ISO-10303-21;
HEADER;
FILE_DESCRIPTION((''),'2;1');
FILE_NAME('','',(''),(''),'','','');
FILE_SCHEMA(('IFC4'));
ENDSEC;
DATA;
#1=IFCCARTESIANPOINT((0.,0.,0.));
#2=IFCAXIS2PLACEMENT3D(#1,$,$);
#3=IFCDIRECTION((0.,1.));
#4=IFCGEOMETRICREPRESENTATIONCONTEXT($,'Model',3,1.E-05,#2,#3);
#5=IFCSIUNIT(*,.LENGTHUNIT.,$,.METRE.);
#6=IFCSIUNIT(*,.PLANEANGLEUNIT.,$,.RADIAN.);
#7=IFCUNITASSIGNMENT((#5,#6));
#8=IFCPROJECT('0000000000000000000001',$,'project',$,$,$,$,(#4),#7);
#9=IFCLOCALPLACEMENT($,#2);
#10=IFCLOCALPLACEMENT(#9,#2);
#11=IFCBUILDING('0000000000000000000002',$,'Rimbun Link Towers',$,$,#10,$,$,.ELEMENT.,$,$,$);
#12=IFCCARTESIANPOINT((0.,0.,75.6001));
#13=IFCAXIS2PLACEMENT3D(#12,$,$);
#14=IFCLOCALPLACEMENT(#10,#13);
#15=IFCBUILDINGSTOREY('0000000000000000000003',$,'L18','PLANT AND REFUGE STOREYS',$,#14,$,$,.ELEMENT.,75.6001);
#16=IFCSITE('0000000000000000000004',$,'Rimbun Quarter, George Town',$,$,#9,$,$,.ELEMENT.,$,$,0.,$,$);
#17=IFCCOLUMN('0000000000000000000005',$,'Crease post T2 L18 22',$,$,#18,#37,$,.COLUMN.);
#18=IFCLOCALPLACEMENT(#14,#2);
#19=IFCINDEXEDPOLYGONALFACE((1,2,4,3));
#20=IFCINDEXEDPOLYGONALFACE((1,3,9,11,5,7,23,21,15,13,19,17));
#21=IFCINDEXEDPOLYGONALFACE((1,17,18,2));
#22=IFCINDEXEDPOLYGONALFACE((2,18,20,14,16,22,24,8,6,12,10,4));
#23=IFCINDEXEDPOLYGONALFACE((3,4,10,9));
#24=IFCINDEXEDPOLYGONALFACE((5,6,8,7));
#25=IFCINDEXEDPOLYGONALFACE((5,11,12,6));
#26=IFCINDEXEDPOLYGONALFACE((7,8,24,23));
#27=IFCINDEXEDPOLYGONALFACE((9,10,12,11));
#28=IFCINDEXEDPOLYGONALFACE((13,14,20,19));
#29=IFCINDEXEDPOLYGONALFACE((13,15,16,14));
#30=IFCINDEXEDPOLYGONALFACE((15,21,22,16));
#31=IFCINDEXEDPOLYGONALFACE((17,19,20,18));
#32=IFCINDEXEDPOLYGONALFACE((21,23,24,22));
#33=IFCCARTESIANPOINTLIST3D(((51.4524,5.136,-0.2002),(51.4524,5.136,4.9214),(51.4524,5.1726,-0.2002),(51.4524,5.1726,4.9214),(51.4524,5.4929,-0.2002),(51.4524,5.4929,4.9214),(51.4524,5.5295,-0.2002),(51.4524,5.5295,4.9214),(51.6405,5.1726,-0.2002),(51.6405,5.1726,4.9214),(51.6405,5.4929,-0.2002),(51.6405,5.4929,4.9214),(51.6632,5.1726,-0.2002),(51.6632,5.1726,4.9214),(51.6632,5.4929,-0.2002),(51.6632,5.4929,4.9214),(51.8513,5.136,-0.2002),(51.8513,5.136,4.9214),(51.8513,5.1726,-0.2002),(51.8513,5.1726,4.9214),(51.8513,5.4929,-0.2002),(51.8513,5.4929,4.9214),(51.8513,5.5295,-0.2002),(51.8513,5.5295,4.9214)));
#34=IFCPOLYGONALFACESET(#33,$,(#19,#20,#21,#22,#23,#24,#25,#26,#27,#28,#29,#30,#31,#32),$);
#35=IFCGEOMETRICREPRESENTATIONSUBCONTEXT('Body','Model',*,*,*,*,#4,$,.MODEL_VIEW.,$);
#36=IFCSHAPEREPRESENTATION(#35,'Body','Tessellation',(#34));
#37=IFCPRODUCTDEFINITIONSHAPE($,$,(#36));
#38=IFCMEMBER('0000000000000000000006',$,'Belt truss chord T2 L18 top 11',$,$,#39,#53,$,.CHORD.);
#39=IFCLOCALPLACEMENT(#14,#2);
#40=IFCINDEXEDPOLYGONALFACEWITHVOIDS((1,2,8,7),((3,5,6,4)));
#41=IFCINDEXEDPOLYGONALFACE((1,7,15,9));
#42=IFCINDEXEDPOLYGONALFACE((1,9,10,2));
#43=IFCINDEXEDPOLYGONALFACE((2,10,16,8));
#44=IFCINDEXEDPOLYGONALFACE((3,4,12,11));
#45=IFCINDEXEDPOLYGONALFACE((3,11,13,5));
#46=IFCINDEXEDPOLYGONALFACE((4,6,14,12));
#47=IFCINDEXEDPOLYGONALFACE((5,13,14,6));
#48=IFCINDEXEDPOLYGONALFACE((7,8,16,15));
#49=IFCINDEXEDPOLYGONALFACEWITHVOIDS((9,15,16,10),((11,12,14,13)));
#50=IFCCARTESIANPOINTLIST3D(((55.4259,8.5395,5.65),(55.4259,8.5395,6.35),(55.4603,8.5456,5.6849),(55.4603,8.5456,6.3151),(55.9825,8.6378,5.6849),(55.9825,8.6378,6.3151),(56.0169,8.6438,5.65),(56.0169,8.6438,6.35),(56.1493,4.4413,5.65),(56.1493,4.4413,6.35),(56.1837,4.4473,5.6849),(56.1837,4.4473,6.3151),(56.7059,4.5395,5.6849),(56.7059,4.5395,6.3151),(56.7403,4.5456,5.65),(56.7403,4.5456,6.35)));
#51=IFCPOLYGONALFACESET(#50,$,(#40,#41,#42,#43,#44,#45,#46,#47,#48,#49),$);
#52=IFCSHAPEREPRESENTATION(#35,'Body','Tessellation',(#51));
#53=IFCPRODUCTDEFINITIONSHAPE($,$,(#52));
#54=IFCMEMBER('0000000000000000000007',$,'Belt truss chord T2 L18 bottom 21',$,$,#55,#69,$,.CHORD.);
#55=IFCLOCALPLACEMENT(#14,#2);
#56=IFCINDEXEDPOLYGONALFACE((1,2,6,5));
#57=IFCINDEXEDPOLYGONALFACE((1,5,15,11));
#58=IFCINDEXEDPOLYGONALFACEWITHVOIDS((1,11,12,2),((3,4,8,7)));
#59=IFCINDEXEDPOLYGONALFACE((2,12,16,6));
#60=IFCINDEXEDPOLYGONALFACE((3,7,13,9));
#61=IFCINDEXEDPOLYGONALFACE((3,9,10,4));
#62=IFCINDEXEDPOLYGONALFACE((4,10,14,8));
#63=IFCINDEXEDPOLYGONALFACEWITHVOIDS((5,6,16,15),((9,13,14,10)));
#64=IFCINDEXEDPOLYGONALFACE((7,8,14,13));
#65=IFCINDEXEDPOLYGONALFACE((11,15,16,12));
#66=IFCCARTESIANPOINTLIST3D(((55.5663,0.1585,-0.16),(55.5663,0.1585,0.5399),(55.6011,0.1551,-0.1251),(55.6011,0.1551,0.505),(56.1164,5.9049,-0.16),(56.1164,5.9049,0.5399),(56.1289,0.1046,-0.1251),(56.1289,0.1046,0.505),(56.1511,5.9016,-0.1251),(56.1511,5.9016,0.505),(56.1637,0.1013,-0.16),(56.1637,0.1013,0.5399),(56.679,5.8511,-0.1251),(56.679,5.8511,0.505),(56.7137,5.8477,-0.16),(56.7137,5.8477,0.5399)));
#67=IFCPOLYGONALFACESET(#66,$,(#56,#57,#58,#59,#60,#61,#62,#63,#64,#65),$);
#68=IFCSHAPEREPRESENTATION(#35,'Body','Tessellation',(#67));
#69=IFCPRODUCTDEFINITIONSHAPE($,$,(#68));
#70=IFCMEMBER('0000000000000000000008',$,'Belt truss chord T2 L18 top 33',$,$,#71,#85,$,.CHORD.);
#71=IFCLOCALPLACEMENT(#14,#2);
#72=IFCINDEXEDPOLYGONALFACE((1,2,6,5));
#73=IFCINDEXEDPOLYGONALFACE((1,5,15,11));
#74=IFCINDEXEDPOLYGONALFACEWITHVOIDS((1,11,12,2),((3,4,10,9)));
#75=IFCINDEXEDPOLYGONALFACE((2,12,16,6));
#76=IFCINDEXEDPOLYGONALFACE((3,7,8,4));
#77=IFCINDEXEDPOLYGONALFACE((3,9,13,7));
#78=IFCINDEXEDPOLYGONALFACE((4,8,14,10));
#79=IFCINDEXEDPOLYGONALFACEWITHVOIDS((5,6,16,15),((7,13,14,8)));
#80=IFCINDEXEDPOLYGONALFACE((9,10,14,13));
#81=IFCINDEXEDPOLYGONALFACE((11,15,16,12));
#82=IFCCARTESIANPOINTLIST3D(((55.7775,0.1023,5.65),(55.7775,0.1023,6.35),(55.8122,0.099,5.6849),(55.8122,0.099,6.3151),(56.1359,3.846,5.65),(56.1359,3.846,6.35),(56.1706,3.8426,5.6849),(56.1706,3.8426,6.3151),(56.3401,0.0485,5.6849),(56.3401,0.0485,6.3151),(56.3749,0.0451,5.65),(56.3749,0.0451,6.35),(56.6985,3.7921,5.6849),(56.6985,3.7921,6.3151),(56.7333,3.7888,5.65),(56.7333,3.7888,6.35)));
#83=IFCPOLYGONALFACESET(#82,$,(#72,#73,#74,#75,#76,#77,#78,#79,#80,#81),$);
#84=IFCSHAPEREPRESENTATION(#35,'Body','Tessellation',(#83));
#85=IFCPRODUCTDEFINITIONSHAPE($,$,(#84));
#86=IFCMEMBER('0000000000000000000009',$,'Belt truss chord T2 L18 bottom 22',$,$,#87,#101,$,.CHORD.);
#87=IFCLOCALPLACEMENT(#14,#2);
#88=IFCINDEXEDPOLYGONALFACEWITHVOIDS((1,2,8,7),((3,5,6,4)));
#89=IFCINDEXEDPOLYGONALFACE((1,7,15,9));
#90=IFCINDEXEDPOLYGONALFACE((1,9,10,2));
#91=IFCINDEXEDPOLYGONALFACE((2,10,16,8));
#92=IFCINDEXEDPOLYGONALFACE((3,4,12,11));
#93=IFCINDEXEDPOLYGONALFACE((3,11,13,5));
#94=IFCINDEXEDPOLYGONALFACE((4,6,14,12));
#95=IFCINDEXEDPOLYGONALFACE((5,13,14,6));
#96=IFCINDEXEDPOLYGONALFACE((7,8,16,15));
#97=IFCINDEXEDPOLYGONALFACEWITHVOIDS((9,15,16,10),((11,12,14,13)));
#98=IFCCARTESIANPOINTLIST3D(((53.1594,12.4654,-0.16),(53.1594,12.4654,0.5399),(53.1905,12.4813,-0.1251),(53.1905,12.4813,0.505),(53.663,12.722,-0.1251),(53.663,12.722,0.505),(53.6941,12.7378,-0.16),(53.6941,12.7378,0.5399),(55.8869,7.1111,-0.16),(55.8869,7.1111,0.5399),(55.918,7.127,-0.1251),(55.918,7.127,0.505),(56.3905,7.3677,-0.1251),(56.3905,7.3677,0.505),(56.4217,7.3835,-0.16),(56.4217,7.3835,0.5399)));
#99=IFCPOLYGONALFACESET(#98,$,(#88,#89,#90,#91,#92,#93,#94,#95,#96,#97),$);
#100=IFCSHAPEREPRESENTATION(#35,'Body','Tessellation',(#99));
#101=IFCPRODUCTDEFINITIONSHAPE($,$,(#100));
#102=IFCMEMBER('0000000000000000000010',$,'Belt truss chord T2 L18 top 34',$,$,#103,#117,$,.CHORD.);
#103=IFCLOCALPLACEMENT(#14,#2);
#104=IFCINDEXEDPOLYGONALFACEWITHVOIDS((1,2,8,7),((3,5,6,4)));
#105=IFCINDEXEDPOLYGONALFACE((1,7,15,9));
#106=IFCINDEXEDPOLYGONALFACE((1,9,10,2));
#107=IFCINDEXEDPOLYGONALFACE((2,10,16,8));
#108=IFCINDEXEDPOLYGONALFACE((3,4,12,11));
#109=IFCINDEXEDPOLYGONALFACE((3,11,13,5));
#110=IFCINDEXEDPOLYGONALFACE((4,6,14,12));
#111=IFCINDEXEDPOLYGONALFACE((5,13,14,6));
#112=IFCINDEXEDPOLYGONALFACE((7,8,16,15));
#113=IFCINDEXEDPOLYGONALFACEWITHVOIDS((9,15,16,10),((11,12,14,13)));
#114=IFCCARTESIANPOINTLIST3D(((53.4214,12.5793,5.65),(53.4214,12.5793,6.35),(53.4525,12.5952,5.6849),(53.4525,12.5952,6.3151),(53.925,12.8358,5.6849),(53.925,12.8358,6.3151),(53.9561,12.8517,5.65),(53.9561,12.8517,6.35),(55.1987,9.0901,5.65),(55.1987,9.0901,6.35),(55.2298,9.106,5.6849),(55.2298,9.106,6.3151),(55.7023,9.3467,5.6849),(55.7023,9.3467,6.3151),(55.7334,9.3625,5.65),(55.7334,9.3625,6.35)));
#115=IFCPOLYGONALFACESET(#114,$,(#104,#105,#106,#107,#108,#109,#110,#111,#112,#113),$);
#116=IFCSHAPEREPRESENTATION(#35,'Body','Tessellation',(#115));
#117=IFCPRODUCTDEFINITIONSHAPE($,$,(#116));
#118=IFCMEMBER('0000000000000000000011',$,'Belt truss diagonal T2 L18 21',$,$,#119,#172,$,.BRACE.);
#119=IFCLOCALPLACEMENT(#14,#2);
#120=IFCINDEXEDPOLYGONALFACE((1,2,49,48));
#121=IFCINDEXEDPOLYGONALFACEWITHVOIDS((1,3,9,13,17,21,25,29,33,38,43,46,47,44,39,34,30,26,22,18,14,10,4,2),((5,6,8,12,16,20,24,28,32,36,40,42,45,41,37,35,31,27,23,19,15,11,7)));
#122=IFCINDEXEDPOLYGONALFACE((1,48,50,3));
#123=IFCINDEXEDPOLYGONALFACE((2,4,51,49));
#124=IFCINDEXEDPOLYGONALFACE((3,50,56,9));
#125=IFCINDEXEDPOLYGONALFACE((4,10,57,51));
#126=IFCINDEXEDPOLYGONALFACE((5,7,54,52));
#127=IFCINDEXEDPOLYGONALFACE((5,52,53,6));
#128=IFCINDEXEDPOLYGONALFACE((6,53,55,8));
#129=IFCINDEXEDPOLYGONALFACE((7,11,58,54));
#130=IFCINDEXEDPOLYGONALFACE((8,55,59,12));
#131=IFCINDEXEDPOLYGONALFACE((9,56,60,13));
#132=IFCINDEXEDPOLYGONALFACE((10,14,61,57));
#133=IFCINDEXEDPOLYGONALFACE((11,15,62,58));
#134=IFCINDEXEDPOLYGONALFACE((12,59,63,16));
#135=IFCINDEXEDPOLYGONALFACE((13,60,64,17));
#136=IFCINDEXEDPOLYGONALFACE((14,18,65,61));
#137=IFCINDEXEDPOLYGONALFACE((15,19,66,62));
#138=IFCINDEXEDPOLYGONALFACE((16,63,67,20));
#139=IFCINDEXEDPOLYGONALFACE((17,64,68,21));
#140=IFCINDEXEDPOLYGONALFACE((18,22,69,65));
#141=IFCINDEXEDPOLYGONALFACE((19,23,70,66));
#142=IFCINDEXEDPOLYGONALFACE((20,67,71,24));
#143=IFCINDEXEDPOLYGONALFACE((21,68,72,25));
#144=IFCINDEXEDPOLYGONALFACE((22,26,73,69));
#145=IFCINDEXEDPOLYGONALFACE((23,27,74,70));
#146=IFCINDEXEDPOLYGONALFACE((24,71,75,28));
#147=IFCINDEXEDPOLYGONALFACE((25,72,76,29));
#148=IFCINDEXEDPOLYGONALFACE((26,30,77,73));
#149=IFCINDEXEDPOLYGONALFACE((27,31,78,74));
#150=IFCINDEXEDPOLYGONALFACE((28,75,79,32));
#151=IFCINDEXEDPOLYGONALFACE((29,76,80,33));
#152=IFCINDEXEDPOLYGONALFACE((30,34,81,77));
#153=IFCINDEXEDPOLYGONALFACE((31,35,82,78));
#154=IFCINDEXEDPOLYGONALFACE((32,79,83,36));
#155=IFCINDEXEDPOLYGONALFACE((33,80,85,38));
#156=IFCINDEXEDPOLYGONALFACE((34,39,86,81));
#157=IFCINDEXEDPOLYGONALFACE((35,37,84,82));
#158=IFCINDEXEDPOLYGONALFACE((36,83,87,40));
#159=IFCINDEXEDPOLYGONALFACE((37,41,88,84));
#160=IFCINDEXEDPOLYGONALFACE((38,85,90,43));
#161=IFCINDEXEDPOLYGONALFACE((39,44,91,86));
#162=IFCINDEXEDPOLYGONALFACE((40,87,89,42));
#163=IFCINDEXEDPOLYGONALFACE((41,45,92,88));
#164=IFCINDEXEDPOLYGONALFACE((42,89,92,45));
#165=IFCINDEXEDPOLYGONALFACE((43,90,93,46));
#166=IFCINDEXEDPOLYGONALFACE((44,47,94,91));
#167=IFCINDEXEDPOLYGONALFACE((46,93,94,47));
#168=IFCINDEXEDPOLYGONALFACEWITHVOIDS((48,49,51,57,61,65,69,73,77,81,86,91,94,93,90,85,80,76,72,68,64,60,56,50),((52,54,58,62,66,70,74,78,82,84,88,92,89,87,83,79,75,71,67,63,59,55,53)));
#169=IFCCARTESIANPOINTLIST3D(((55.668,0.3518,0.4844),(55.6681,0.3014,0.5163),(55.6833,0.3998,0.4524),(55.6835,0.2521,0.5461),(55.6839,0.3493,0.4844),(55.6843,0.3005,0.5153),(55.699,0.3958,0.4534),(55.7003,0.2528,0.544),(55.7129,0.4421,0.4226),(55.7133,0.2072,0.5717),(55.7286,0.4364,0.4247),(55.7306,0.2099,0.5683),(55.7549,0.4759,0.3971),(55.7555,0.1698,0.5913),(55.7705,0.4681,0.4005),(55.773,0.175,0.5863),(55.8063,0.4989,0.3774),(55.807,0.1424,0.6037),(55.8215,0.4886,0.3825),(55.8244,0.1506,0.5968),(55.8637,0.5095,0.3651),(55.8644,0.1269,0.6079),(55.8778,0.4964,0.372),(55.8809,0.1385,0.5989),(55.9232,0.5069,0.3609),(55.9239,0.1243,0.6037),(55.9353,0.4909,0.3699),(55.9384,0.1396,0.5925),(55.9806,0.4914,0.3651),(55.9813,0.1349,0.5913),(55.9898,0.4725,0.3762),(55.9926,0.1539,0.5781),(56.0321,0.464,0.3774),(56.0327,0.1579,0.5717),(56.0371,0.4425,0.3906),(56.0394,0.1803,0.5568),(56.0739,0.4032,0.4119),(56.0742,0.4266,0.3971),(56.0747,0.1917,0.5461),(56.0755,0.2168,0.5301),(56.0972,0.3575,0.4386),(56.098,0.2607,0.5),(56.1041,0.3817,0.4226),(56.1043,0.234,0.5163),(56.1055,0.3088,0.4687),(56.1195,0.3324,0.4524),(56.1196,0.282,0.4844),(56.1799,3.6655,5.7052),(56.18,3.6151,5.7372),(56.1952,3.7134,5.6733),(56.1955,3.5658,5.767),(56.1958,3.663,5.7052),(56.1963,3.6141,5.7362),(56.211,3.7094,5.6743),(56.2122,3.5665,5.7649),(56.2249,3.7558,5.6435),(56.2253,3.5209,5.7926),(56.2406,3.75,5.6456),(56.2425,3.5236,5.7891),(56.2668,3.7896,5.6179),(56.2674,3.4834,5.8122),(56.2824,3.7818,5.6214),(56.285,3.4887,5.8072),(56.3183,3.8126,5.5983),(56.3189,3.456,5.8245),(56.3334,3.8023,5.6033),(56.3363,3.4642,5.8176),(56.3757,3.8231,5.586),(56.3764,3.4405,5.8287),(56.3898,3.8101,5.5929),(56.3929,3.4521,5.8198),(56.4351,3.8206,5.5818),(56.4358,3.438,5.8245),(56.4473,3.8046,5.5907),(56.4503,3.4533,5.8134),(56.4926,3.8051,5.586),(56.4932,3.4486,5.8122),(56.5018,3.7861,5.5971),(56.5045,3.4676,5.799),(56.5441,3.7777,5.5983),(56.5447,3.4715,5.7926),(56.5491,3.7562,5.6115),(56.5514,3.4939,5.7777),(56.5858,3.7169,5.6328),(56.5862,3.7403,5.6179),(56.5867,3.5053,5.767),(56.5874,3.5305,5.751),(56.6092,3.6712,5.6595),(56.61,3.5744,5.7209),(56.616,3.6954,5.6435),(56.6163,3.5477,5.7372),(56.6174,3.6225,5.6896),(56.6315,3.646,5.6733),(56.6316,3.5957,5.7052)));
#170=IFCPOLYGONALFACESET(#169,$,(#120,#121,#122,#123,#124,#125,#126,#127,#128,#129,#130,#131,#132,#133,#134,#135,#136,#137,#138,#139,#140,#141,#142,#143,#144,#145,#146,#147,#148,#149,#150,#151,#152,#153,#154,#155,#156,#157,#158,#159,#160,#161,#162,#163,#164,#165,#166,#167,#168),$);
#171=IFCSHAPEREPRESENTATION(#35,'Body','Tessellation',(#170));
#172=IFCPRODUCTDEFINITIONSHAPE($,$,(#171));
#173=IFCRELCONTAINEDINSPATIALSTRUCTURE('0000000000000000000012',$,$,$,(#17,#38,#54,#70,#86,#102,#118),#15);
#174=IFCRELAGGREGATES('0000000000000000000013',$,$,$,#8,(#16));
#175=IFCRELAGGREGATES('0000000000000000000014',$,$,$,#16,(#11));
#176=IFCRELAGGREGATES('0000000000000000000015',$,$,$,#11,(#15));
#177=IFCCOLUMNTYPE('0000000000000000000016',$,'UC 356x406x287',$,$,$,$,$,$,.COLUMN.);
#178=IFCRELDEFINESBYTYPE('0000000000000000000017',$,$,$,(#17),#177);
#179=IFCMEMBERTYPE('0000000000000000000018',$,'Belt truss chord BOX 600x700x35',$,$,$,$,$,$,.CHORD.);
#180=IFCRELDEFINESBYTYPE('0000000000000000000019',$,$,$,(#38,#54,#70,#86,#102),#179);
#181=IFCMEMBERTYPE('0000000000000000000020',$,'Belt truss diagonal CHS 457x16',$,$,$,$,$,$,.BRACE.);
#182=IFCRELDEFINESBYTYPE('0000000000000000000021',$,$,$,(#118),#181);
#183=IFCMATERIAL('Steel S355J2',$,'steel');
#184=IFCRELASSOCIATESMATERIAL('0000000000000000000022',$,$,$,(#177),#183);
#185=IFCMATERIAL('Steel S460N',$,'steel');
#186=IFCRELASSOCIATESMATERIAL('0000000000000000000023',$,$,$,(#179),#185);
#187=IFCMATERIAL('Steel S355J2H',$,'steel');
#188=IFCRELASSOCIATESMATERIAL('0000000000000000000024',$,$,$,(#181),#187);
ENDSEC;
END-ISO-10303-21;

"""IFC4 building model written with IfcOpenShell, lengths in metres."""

from ifc_helpers import new_model, si_unit, direction, frame, origin, origin_2d, place, context, subcontext, project, spatial, hollow_rectangle, hollow_circle, i_section, extrude, material, material_profile, profile_set, type_object, element, save


model = new_model("IFC4")

# Units and contexts
model_context = context("Model", 3, precision=1e-05, world=origin(), true_north=direction((0.0, 1.0)))
body_context = subcontext(model_context, "Body", "Model", "MODEL_VIEW")
ifc_project = project(units=[si_unit("LENGTHUNIT", "METRE"), si_unit("PLANEANGLEUNIT", "RADIAN")], contexts=[model_context])

# Site, building, storey
site_placement = place(None, origin())
site = spatial("IfcSite", under=ifc_project, at=site_placement, Name="Rimbun Quarter, George Town", CompositionType="ELEMENT", RefElevation=0.0)
building_placement = place(site_placement, origin())
building = spatial("IfcBuilding", under=site, at=building_placement, Name="Rimbun Link Towers", CompositionType="ELEMENT")
storey_placement = place(building_placement, frame((0.0, 0.0, 75.6001)))
storey = spatial("IfcBuildingStorey", under=building, at=storey_placement, Name="L18", Description="PLANT AND REFUGE STOREYS", CompositionType="ELEMENT", Elevation=75.6001)

# Column
ifc_material_1 = material(Name="Steel S355J2", Category="steel")
ifc_material_profile_1 = material_profile(ifc_material_1, i_section(OverallWidth=0.3989, OverallDepth=0.3936, WebThickness=0.0227, FlangeThickness=0.0366, at=origin_2d()), Name="UC 356x406x287")
ifc_profile_set_1 = profile_set([ifc_material_profile_1], Name="Steel S355J2")
column_type = type_object("IfcColumnType", Name="UC 356x406x287", PredefinedType="COLUMN", material=ifc_profile_set_1)
column_placement = place(storey_placement, frame((51.6519, 5.3328, -0.2002), z_axis=(0.0, 0.0, 1.0), x_axis=(1.0, 0.0, 0.0)))
element("IfcColumn", 1, at=column_placement, inside=storey, type_object=column_type, Name="Crease post T2 L18 22", PredefinedType="COLUMN", context=body_context, shape_type="SweptSolid", body=[
    extrude(i_section(OverallWidth=0.3989, OverallDepth=0.3936, WebThickness=0.0227, FlangeThickness=0.0366, at=origin_2d()), origin(), (0.0, 0.0, 1.0), 5.1216),
])

# Members
ifc_material_2 = material(Name="Steel S460N", Category="steel")
ifc_material_profile_2 = material_profile(ifc_material_2, hollow_rectangle(XDim=0.6001, YDim=0.7, WallThickness=0.0349, at=origin_2d()), Name="Belt truss chord BOX 600x700x35")
ifc_profile_set_2 = profile_set([ifc_material_profile_2], Name="Steel S460N")
member_type_1 = type_object("IfcMemberType", Name="Belt truss chord BOX 600x700x35", PredefinedType="CHORD", material=ifc_profile_set_2)
member_1_placement = place(storey_placement, frame((56.4448, 4.4934, 6.0), z_axis=(-0.173829, 0.984776, 0.0), x_axis=(-0.984776, -0.173829, 0.0)))
element("IfcMember", 2, at=member_1_placement, inside=storey, type_object=member_type_1, Name="Belt truss chord T2 L18 top 11", PredefinedType="CHORD", context=body_context, shape_type="SweptSolid", body=[
    extrude(hollow_rectangle(XDim=0.6001, YDim=0.7, WallThickness=0.0349, at=origin_2d()), origin(), (0.0, 0.0, 1.0), 4.1616),
])
member_2_placement = place(storey_placement, frame((55.865, 0.1299, 0.1899), z_axis=(0.095286, 0.99545, 0.0), x_axis=(-0.99545, 0.095286, 0.0)))
element("IfcMember", 3, at=member_2_placement, inside=storey, type_object=member_type_1, Name="Belt truss chord T2 L18 bottom 21", PredefinedType="CHORD", context=body_context, shape_type="SweptSolid", body=[
    extrude(hollow_rectangle(XDim=0.6001, YDim=0.7, WallThickness=0.0349, at=origin_2d()), origin(), (0.0, 0.0, 1.0), 5.7727),
])
member_3_placement = place(storey_placement, frame((56.0762, 0.0737, 6.0), z_axis=(0.095299, 0.995449, 0.0), x_axis=(-0.995449, 0.095299, 0.0)))
element("IfcMember", 4, at=member_3_placement, inside=storey, type_object=member_type_1, Name="Belt truss chord T2 L18 top 33", PredefinedType="CHORD", context=body_context, shape_type="SweptSolid", body=[
    extrude(hollow_rectangle(XDim=0.6001, YDim=0.7, WallThickness=0.0349, at=origin_2d()), origin(), (0.0, 0.0, 1.0), 3.7607),
])
member_4_placement = place(storey_placement, frame((56.1543, 7.2473, 0.1899), z_axis=(-0.453913, 0.891046, 0.0), x_axis=(-0.891046, -0.453913, 0.0)))
element("IfcMember", 5, at=member_4_placement, inside=storey, type_object=member_type_1, Name="Belt truss chord T2 L18 bottom 22", PredefinedType="CHORD", context=body_context, shape_type="SweptSolid", body=[
    extrude(hollow_rectangle(XDim=0.6001, YDim=0.7, WallThickness=0.0349, at=origin_2d()), origin(), (0.0, 0.0, 1.0), 6.009),
])
member_5_placement = place(storey_placement, frame((55.4661, 9.2263, 6.0), z_axis=(-0.453885, 0.89106, 0.0), x_axis=(-0.89106, -0.453885, 0.0)))
element("IfcMember", 6, at=member_5_placement, inside=storey, type_object=member_type_1, Name="Belt truss chord T2 L18 top 34", PredefinedType="CHORD", context=body_context, shape_type="SweptSolid", body=[
    extrude(hollow_rectangle(XDim=0.6001, YDim=0.7, WallThickness=0.0349, at=origin_2d()), origin(), (0.0, 0.0, 1.0), 3.9158),
])
ifc_material_3 = material(Name="Steel S355J2H", Category="steel")
ifc_material_profile_3 = material_profile(ifc_material_3, hollow_circle(Radius=0.2285, WallThickness=0.0161, at=origin_2d()), Name="Belt truss diagonal CHS 457x16")
ifc_profile_set_3 = profile_set([ifc_material_profile_3], Name="Steel S355J2H")
member_type_2 = type_object("IfcMemberType", Name="Belt truss diagonal CHS 457x16", PredefinedType="BRACE", material=ifc_profile_set_3)
member_6_placement = place(storey_placement, frame((55.8938, 0.3169, 0.4844), z_axis=(0.082509, 0.534047, 0.841419), x_axis=(-0.988275, 0.152686, 0.0)))
element("IfcMember", 7, at=member_6_placement, inside=storey, type_object=member_type_2, Name="Belt truss diagonal T2 L18 21", PredefinedType="BRACE", context=body_context, shape_type="SweptSolid", body=[
    extrude(hollow_circle(Radius=0.2285, WallThickness=0.0161, at=origin_2d()), origin(), (0.0, 0.0, 1.0), 6.2048),
])

save(model, "model.ifc")
